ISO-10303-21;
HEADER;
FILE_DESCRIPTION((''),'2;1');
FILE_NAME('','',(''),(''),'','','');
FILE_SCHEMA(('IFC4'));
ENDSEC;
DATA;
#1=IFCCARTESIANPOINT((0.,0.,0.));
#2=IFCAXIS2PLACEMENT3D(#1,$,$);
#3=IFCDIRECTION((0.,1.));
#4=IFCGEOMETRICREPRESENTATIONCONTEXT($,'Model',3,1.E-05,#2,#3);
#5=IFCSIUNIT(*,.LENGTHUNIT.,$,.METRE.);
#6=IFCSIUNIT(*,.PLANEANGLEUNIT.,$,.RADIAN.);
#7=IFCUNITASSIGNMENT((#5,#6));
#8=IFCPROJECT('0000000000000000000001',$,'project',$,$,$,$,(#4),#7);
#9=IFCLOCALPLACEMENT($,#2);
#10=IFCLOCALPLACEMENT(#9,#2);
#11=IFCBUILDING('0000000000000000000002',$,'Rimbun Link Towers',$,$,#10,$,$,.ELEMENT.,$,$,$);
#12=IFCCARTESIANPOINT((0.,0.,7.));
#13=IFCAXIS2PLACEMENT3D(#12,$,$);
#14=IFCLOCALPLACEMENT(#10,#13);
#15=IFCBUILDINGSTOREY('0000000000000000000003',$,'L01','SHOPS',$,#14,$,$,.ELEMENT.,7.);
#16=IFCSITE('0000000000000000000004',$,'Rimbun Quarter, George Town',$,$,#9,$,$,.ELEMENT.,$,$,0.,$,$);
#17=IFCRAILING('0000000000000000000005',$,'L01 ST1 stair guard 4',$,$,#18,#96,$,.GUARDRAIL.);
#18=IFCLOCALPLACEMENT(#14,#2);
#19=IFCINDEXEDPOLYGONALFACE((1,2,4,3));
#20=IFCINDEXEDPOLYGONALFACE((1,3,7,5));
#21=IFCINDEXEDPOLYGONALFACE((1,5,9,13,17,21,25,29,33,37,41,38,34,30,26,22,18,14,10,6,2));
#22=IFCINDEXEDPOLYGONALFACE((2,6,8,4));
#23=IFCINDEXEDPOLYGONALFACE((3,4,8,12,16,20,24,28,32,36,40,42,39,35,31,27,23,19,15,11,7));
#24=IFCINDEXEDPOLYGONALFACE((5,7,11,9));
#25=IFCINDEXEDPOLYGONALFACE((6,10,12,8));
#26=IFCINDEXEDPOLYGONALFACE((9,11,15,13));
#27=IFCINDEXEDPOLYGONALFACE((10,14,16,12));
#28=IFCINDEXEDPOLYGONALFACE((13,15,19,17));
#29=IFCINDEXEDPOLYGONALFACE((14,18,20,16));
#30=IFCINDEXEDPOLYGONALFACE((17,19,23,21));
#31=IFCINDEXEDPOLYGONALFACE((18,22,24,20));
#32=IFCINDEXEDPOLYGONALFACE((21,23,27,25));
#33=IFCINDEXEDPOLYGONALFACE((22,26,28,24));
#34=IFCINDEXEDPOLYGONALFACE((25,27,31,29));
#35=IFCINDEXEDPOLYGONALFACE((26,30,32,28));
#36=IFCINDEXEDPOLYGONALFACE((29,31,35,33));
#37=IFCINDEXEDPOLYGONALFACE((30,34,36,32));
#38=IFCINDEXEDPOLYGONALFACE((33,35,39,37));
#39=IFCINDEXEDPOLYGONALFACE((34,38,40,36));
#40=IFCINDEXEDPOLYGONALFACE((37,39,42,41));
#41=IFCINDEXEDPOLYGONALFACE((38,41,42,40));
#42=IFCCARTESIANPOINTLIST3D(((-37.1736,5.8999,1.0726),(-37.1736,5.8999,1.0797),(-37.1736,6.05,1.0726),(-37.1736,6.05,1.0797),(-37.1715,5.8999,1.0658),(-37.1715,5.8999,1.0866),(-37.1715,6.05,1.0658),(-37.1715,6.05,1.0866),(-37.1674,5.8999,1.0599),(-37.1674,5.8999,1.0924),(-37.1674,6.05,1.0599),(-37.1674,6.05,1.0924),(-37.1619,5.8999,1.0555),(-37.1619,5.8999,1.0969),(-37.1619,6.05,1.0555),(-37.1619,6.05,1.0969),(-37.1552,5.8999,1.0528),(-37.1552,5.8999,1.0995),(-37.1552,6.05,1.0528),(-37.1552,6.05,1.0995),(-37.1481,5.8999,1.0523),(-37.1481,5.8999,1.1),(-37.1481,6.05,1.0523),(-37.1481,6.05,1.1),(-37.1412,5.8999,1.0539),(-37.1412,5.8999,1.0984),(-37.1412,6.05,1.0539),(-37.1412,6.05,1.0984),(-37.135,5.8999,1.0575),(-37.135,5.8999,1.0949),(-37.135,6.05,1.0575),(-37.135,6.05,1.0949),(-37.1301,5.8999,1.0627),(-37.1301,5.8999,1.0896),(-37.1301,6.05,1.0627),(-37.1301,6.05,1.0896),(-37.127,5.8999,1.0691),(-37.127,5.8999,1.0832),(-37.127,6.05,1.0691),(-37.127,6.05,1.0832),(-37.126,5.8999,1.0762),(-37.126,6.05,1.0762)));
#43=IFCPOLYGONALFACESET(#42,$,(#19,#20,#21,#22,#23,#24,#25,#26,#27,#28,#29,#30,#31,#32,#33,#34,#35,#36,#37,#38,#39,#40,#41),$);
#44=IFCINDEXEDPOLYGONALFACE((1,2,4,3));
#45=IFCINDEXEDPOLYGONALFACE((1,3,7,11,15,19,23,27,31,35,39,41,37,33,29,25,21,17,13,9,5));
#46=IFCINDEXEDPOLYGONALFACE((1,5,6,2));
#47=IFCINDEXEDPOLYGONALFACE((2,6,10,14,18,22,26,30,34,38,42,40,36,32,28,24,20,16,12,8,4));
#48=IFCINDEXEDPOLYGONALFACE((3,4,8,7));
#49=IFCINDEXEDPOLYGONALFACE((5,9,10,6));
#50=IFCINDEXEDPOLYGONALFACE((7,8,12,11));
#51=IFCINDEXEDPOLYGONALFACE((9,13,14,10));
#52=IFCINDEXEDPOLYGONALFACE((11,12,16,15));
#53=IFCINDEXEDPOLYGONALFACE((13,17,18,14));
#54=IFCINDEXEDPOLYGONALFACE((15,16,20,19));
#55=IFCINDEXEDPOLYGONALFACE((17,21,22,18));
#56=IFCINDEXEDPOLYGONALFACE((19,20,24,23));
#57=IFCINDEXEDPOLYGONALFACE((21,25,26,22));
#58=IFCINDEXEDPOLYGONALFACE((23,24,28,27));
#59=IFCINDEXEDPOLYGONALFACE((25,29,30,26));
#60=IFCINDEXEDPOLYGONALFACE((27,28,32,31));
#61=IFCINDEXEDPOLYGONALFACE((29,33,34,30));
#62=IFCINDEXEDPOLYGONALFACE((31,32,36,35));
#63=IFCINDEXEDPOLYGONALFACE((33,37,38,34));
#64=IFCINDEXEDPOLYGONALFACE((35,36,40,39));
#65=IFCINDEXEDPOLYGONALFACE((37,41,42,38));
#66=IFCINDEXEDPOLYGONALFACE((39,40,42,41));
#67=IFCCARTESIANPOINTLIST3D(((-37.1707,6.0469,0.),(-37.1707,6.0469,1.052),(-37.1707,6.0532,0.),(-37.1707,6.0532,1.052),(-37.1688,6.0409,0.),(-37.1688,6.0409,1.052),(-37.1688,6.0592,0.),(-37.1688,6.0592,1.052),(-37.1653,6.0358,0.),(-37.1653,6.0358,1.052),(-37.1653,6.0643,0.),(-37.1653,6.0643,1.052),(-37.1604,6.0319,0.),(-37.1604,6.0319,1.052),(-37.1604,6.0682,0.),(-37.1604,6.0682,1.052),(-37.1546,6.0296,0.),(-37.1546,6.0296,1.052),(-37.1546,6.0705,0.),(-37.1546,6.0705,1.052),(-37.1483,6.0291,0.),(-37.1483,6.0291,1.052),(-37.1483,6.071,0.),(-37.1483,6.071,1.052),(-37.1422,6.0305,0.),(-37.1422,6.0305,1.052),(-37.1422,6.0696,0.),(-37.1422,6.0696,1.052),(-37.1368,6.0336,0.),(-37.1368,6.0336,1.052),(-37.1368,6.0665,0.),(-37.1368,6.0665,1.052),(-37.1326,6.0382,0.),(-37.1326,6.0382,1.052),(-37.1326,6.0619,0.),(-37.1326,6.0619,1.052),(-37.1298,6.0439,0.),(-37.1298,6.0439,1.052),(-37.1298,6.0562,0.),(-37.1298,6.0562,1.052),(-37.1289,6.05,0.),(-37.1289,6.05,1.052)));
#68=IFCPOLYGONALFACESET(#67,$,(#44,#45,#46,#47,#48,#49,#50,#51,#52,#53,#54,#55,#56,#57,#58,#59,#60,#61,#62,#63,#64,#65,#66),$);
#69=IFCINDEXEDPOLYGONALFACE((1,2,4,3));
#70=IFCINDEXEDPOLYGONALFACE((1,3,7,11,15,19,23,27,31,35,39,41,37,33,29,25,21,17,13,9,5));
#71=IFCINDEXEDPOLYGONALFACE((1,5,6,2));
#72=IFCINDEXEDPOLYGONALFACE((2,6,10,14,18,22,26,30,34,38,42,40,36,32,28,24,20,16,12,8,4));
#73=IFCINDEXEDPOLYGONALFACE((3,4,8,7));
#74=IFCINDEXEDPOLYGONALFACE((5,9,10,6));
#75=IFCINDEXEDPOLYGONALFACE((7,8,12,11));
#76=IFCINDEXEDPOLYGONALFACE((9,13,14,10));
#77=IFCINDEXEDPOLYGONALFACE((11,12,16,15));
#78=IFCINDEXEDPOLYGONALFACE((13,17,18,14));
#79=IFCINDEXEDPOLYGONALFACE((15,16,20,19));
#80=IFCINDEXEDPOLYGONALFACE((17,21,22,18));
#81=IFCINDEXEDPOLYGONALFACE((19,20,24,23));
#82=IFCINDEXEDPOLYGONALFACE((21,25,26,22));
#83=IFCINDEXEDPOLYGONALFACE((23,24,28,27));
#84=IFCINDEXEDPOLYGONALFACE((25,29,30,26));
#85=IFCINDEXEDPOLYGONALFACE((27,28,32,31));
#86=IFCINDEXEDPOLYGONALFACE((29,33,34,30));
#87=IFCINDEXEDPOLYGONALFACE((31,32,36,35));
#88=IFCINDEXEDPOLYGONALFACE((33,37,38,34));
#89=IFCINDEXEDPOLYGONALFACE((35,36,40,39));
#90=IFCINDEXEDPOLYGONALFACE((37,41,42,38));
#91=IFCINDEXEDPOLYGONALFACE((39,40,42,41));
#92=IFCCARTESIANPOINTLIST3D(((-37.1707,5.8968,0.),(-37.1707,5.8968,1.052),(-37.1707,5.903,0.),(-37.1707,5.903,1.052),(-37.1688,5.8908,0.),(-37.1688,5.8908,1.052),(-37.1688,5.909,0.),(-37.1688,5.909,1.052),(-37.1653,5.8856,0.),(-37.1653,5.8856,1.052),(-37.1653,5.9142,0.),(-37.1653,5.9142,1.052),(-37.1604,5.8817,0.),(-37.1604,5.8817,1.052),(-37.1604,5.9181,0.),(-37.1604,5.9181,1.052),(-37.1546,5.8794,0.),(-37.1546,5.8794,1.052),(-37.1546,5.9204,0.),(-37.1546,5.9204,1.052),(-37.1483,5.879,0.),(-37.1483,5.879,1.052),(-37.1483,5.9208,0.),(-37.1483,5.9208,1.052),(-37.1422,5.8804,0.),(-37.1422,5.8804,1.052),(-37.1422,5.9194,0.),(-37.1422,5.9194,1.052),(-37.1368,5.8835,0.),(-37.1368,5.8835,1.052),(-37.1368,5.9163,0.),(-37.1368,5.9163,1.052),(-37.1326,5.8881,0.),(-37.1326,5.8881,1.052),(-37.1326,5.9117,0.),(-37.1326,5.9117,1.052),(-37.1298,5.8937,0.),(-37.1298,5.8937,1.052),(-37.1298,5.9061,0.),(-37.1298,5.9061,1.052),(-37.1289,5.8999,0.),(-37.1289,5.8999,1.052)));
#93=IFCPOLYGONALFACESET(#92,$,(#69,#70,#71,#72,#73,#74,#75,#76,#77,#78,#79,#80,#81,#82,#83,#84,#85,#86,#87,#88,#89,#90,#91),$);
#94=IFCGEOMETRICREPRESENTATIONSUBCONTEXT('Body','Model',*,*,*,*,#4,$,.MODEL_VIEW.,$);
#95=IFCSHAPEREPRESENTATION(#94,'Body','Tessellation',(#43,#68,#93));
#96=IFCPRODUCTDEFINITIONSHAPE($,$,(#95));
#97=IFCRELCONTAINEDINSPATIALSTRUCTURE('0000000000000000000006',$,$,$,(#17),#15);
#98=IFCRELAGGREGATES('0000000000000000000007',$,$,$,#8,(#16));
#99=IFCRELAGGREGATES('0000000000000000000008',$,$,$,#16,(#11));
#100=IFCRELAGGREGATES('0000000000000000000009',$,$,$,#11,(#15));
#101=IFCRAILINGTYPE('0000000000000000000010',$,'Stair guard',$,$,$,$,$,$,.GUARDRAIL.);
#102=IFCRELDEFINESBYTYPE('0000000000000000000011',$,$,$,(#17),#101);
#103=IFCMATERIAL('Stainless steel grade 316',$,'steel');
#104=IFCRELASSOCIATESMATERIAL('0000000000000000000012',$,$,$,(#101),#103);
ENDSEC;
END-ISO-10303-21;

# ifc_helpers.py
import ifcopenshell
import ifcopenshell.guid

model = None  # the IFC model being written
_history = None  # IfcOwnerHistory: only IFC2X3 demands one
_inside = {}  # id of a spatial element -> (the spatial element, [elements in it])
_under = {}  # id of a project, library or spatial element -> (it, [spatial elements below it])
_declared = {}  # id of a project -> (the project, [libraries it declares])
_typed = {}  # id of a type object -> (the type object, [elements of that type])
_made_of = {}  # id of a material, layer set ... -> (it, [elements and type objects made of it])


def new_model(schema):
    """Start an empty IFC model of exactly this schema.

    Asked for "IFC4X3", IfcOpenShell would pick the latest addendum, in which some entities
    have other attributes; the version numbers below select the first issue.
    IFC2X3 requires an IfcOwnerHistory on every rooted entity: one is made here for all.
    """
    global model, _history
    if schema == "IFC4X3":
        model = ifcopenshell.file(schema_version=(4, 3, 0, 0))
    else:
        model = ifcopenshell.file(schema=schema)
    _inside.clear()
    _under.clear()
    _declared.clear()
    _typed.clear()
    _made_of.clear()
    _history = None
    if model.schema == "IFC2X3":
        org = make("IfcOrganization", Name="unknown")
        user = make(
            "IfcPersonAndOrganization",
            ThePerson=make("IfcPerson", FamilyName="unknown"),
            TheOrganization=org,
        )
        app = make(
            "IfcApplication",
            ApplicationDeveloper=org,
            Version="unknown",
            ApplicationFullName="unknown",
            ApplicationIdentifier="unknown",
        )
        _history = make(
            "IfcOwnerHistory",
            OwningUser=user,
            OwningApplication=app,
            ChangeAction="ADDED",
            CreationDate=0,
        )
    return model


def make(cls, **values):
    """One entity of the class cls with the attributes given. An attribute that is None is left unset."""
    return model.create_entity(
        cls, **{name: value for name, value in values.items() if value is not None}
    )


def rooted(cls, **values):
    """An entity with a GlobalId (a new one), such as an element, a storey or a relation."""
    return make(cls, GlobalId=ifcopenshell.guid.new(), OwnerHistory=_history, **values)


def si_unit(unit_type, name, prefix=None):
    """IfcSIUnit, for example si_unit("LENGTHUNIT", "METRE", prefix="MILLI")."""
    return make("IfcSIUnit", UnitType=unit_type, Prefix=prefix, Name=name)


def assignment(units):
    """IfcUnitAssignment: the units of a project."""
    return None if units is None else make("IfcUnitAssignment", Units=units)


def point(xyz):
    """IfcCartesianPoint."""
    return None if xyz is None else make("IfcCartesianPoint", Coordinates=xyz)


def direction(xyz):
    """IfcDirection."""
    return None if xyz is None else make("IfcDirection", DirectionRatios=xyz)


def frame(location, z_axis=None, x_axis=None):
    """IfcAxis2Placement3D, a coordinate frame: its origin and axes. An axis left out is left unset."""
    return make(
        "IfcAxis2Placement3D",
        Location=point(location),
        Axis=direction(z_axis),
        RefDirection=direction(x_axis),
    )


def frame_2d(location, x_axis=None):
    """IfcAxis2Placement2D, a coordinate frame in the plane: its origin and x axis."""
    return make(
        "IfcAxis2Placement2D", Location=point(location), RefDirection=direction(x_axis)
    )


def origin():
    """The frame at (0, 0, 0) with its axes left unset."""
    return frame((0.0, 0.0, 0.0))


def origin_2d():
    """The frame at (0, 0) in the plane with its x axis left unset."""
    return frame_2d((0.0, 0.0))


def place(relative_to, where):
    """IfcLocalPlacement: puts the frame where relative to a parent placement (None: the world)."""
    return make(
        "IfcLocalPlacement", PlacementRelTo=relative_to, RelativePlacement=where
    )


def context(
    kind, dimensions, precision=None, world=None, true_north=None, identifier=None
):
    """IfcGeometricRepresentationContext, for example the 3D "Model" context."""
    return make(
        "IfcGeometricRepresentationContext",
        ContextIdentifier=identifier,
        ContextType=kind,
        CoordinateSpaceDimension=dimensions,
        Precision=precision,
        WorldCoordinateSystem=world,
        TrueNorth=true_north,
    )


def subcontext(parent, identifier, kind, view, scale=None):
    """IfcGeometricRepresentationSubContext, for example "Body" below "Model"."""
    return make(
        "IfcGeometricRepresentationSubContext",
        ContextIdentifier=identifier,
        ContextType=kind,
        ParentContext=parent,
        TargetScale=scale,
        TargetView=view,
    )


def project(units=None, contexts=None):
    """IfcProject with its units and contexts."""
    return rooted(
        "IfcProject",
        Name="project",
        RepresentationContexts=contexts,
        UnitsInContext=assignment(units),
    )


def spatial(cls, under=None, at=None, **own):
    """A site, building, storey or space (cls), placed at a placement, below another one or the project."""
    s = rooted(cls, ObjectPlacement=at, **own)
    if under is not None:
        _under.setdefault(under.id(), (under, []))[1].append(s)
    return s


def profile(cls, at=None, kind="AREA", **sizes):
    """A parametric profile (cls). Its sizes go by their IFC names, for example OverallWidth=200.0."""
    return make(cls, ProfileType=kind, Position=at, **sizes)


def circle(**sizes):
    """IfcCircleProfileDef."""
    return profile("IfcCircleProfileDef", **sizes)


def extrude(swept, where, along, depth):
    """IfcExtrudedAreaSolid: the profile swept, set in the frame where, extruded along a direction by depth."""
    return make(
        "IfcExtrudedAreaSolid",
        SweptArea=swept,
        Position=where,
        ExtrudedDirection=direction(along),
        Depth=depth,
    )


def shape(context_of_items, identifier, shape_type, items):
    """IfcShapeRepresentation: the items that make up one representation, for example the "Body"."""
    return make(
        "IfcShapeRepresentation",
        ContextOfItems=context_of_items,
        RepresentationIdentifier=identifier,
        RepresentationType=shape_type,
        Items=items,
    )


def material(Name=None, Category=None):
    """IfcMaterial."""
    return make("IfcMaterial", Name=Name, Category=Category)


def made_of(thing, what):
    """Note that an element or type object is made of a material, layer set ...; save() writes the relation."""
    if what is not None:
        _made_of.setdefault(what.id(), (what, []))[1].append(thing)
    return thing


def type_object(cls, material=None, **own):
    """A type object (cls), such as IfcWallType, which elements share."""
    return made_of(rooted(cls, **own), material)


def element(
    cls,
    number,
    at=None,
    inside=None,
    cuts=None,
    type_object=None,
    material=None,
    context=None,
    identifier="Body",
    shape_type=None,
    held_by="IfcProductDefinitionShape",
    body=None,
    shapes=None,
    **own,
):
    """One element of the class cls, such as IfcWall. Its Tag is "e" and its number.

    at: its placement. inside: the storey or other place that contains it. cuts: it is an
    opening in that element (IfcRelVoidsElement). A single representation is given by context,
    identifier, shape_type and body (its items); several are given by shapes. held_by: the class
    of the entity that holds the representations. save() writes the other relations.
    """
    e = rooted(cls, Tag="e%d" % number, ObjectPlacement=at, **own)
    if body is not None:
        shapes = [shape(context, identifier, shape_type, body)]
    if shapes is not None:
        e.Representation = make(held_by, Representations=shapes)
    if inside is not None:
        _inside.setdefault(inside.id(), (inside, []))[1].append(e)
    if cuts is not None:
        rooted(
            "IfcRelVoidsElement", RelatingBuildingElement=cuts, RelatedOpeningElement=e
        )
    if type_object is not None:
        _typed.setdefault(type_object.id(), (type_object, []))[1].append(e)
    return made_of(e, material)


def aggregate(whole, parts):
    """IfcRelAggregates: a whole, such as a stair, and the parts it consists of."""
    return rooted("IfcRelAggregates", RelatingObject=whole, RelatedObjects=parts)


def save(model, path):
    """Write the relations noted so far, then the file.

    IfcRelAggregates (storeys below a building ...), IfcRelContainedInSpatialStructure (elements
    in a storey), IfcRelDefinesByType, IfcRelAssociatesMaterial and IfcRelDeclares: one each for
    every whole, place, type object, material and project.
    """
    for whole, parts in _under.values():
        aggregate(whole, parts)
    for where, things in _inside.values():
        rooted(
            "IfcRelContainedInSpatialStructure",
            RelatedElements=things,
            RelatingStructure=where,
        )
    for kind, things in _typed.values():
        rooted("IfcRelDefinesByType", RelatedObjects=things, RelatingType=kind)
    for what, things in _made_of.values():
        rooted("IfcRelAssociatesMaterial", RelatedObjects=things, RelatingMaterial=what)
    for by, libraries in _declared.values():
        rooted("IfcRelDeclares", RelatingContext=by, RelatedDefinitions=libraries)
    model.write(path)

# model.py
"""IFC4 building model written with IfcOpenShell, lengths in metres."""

from ifc_helpers import new_model, si_unit, direction, frame, origin, origin_2d, place, context, subcontext, project, spatial, circle, extrude, material, type_object, element, save


model = new_model("IFC4")

# Units and contexts
model_context = context("Model", 3, precision=1e-05, world=origin(), true_north=direction((0.0, 1.0)))
body_context = subcontext(model_context, "Body", "Model", "MODEL_VIEW")
ifc_project = project(units=[si_unit("LENGTHUNIT", "METRE"), si_unit("PLANEANGLEUNIT", "RADIAN")], contexts=[model_context])

# Site, building, storey
site_placement = place(None, origin())
site = spatial("IfcSite", under=ifc_project, at=site_placement, Name="Rimbun Quarter, George Town", CompositionType="ELEMENT", RefElevation=0.0)
building_placement = place(site_placement, origin())
building = spatial("IfcBuilding", under=site, at=building_placement, Name="Rimbun Link Towers", CompositionType="ELEMENT")
storey_placement = place(building_placement, frame((0.0, 0.0, 7.0)))
storey = spatial("IfcBuildingStorey", under=building, at=storey_placement, Name="L01", Description="SHOPS", CompositionType="ELEMENT", Elevation=7.0)

# Railing
ifc_material_1 = material(Name="Stainless steel grade 316", Category="steel")
railing_type_1 = type_object("IfcRailingType", Name="Stair guard", PredefinedType="GUARDRAIL", material=ifc_material_1)
railing_1_placement = place(storey_placement, frame((-37.1499, 6.05, 0.0)))
element("IfcRailing", 1, at=railing_1_placement, inside=storey, type_object=railing_type_1, Name="L01 ST1 stair guard 4", PredefinedType="GUARDRAIL", context=body_context, shape_type="SweptSolid", body=[
    extrude(circle(Radius=0.0239, at=origin_2d()), frame((0.0, 0.0, 1.0762), z_axis=(0.0, -1.0, 0.0), x_axis=(1.0, 0.0, 0.0)), (0.0, 0.0, 1.0), 0.1501),
    extrude(circle(Radius=0.021, at=origin_2d()), origin(), (0.0, 0.0, 1.0), 1.052),
    extrude(circle(Radius=0.021, at=origin_2d()), frame((0.0, -0.1501, 0.0)), (0.0, 0.0, 1.0), 1.052),
])

save(model, "model.ifc")
